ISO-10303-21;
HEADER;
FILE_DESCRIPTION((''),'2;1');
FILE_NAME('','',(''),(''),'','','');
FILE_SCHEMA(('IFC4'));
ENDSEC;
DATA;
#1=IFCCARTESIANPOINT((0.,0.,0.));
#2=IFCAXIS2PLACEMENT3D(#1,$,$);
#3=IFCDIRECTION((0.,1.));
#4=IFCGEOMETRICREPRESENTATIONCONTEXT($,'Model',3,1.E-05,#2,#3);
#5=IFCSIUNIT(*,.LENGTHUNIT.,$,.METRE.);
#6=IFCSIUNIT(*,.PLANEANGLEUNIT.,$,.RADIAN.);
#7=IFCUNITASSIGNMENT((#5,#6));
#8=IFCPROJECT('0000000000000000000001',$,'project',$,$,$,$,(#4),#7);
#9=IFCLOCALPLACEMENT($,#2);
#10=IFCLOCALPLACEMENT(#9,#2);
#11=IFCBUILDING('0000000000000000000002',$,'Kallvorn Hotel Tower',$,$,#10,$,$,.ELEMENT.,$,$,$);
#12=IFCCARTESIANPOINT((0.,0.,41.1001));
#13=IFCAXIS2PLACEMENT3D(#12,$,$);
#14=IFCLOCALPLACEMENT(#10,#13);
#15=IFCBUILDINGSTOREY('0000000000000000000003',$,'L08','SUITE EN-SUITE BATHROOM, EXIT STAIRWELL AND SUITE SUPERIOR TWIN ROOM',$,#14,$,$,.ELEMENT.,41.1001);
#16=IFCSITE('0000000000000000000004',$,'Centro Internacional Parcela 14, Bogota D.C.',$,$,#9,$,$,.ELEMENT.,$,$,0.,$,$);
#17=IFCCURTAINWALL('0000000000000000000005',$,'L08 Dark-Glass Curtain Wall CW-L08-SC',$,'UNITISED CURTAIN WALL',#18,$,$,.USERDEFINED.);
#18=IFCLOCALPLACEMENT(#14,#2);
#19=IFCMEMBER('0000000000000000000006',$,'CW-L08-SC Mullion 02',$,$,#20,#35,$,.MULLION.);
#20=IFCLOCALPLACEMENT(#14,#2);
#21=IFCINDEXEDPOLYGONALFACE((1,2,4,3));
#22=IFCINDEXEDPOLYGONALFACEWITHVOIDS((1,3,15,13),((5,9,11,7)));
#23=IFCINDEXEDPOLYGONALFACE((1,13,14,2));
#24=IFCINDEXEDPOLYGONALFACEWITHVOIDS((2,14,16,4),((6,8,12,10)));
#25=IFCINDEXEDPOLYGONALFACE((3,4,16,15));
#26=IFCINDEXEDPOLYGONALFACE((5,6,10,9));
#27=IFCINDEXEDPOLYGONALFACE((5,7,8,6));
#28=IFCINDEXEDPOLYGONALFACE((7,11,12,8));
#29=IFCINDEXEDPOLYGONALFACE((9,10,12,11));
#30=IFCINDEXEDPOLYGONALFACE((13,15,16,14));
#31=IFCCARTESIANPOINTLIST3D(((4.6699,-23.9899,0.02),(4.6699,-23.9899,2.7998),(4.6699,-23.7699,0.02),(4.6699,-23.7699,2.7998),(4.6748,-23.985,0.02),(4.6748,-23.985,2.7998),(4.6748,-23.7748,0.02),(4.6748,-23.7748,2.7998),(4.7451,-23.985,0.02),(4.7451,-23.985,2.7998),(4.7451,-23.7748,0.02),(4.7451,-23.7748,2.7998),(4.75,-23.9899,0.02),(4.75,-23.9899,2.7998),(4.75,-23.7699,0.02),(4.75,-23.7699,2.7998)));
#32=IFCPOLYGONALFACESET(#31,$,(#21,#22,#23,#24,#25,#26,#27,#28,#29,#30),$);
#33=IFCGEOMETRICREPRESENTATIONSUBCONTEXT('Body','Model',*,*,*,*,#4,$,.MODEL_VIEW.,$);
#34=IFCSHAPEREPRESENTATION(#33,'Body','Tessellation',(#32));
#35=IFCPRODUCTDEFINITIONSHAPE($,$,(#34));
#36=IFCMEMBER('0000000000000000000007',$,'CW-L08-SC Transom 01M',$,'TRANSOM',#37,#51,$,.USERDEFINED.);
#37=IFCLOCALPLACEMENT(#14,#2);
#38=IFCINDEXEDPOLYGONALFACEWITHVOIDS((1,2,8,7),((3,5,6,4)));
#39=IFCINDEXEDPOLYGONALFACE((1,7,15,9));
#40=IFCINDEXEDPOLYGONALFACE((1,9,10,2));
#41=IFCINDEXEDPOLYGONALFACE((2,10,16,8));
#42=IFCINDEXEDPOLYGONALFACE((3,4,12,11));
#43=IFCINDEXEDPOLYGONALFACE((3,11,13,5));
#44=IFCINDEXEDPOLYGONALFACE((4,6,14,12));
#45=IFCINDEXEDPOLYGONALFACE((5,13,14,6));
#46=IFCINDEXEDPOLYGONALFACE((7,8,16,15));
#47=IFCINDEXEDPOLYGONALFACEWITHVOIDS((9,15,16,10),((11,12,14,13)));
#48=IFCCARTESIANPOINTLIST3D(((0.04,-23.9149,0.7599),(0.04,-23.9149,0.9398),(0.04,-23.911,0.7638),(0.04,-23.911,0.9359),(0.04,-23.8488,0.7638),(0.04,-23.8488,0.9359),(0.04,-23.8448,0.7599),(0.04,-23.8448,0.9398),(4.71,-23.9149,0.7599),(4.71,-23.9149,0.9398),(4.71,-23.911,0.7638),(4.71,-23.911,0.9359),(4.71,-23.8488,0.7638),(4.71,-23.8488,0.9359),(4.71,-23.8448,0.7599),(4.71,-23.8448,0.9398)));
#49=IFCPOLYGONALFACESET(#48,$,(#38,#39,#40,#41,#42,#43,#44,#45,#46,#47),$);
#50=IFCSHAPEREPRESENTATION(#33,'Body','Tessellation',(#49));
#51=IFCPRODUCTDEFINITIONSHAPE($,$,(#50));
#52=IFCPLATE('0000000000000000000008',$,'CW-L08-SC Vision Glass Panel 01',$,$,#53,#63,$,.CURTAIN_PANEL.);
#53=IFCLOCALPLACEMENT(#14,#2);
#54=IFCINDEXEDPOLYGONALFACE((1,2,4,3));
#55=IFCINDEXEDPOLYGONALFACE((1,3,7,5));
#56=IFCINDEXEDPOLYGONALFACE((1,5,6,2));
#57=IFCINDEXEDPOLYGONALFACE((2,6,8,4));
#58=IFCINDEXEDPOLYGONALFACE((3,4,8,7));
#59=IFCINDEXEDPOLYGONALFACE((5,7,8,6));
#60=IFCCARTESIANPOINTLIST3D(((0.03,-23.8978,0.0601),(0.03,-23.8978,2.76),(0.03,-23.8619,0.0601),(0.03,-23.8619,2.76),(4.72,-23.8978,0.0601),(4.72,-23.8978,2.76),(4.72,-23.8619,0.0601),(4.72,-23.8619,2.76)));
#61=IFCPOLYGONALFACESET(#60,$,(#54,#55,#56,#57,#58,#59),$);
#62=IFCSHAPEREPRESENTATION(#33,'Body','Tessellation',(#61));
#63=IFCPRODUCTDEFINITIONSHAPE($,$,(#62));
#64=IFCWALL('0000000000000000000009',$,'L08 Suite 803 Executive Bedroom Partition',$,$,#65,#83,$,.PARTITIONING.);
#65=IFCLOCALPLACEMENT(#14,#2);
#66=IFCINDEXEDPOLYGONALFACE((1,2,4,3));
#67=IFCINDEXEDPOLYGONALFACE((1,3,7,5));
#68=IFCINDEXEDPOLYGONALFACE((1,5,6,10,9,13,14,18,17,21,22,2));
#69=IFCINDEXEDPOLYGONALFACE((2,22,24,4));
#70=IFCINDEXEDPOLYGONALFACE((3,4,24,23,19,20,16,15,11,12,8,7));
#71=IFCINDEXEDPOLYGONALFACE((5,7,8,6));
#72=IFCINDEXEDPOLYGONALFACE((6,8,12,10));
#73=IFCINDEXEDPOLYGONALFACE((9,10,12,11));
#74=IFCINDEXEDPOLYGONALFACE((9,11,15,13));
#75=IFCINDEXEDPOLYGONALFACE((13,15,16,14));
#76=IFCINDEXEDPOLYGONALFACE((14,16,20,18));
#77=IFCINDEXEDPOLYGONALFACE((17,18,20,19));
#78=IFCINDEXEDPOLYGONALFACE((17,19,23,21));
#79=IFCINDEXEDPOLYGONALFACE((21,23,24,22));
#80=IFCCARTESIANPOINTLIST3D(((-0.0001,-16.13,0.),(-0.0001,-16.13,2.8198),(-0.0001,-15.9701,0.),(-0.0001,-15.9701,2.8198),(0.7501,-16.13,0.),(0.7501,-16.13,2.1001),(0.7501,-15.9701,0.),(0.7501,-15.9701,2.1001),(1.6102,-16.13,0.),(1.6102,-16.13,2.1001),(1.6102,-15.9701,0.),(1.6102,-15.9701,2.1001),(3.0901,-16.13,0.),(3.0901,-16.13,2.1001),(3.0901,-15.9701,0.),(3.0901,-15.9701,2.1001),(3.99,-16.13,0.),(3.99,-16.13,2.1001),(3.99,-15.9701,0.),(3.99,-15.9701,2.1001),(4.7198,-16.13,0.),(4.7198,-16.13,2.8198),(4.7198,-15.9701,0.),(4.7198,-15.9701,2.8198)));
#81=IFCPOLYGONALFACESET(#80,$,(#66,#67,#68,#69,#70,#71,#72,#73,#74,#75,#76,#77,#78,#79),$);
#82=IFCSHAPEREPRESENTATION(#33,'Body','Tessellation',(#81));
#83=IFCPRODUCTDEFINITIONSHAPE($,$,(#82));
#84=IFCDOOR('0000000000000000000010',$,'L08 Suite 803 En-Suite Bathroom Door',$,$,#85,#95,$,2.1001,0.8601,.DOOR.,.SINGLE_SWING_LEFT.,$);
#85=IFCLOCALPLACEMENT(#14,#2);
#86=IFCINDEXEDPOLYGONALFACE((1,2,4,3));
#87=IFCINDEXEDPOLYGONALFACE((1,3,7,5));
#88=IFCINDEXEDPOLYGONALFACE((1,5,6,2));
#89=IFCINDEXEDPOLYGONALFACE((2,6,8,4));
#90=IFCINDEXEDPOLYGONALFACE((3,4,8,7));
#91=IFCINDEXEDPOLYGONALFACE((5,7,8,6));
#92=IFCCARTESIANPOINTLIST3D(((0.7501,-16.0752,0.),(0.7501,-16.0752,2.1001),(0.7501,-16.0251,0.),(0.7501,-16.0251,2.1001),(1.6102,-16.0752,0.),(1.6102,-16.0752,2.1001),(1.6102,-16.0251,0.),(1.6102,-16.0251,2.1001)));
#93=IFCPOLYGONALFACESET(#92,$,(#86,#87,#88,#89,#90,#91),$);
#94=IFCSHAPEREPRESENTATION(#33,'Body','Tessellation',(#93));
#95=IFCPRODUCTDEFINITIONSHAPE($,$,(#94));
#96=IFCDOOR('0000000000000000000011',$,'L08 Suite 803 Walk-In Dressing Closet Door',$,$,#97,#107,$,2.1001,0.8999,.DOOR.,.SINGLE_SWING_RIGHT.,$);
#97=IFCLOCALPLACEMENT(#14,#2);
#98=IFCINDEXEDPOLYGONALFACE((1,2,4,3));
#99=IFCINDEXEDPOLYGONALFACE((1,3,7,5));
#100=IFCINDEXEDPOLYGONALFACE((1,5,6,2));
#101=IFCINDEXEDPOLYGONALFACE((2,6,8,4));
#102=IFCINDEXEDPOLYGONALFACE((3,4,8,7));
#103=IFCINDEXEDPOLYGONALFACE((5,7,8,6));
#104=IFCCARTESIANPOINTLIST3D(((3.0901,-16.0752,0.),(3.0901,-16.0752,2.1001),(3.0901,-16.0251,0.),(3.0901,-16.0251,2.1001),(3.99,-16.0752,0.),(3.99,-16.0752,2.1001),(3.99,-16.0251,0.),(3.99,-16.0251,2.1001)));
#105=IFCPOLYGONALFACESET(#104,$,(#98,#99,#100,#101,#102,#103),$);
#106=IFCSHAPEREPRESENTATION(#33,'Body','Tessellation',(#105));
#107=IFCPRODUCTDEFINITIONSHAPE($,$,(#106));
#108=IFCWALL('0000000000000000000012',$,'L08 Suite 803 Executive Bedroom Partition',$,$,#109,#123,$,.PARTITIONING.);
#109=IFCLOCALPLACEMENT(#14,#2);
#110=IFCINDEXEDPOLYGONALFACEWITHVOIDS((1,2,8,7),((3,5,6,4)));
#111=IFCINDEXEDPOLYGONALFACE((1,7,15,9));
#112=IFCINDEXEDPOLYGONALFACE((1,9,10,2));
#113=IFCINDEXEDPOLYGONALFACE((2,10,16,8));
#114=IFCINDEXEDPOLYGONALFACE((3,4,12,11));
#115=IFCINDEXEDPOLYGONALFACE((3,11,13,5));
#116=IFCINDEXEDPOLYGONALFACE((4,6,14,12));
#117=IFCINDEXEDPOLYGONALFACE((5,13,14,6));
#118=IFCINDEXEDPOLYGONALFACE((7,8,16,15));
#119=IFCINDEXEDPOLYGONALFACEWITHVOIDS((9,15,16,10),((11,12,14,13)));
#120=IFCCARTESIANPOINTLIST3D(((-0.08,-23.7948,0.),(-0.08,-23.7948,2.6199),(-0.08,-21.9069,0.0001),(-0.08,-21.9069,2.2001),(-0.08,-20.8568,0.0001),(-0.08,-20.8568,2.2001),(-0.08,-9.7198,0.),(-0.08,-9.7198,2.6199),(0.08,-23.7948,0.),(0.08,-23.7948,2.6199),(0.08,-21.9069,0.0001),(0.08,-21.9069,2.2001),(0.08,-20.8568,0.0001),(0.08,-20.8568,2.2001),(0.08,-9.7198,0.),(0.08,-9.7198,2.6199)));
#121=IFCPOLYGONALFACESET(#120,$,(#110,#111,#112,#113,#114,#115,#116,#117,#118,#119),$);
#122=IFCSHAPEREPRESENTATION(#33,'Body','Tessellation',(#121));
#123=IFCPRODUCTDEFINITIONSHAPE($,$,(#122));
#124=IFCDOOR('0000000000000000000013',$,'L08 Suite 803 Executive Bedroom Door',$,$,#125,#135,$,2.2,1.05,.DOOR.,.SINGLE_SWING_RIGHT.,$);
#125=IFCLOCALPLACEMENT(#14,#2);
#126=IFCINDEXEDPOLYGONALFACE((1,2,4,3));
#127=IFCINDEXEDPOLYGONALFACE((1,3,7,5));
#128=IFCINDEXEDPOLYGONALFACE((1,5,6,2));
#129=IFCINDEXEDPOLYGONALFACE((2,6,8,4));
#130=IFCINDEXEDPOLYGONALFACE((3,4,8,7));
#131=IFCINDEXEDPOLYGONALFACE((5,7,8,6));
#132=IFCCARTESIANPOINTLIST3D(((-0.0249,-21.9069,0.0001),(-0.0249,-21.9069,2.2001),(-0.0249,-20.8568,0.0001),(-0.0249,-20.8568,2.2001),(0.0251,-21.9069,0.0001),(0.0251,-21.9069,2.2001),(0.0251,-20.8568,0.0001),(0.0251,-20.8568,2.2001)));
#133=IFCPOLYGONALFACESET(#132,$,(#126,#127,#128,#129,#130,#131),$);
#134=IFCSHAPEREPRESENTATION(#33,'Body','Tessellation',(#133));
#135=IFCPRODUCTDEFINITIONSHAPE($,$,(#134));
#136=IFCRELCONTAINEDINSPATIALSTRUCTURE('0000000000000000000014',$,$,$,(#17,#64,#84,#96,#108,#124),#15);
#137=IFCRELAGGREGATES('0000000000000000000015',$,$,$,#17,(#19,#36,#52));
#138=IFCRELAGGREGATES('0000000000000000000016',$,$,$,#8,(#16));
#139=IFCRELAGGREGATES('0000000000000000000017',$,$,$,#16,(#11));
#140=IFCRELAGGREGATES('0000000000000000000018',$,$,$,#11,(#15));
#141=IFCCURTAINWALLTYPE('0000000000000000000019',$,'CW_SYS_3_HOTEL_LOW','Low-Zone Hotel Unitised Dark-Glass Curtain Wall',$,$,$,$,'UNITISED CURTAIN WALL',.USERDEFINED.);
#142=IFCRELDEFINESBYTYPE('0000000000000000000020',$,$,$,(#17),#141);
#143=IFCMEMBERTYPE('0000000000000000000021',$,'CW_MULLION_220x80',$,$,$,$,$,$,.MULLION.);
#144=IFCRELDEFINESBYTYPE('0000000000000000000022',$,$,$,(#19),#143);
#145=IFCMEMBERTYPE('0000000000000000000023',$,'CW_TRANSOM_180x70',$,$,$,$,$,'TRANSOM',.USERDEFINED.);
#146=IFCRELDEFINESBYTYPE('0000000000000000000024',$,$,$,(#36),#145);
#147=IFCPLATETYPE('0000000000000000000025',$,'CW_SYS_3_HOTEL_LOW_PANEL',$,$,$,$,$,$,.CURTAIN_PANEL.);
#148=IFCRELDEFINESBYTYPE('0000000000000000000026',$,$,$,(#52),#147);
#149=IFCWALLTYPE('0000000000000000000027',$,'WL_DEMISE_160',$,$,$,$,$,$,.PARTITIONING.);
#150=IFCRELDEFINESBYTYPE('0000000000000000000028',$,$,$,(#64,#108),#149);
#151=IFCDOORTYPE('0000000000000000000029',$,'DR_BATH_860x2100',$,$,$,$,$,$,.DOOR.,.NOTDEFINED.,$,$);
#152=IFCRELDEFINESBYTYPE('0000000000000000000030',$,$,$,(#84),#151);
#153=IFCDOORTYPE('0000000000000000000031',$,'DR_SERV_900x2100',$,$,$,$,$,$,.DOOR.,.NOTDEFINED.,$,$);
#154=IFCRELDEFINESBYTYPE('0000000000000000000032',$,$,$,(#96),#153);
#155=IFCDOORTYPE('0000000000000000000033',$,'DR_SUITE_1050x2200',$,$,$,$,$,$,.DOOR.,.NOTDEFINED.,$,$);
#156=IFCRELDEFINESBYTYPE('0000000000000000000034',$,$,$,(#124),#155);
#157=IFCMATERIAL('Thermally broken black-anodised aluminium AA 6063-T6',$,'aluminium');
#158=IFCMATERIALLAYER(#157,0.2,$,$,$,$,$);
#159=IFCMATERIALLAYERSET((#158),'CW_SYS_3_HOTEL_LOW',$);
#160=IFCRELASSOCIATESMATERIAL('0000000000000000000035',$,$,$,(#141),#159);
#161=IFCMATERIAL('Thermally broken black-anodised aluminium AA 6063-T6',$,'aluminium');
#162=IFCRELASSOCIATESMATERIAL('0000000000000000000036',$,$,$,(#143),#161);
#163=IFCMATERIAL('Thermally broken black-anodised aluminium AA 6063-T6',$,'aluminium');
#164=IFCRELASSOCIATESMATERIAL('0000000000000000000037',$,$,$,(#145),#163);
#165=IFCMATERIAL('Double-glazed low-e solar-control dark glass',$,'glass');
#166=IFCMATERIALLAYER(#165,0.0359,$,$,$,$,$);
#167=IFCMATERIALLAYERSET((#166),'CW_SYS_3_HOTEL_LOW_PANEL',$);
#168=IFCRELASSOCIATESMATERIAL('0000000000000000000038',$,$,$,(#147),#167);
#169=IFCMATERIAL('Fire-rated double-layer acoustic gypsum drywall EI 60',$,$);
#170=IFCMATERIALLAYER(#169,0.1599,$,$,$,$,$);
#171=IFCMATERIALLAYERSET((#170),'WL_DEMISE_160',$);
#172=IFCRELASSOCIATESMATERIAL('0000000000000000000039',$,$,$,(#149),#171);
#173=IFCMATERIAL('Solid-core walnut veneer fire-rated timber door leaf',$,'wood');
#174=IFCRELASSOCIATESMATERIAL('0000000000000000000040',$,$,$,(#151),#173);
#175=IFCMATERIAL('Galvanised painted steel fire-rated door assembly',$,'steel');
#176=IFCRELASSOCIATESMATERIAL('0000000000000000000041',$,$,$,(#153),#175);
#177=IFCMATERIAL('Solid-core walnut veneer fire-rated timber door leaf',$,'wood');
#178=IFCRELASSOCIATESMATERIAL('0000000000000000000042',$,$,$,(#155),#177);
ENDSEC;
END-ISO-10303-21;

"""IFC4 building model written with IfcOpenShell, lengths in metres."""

from ifc_helpers import new_model, si_unit, direction, frame, frame_2d, origin, origin_2d, place, context, subcontext, project, spatial, rectangle, hollow_rectangle, extrude, material, layer, layer_set, material_profile, profile_set, type_object, element, fill, aggregate, save


model = new_model("IFC4")

# Units and contexts
model_context = context("Model", 3, precision=1e-05, world=origin(), true_north=direction((0.0, 1.0)))
body_context = subcontext(model_context, "Body", "Model", "MODEL_VIEW")
ifc_project = project(units=[si_unit("LENGTHUNIT", "METRE"), si_unit("PLANEANGLEUNIT", "RADIAN")], contexts=[model_context])

# Site, building, storey
site_placement = place(None, origin())
site = spatial("IfcSite", under=ifc_project, at=site_placement, Name="Centro Internacional Parcela 14, Bogota D.C.", CompositionType="ELEMENT", RefElevation=0.0)
building_placement = place(site_placement, origin())
building = spatial("IfcBuilding", under=site, at=building_placement, Name="Kallvorn Hotel Tower", CompositionType="ELEMENT")
storey_placement = place(building_placement, frame((0.0, 0.0, 41.1001)))
storey = spatial("IfcBuildingStorey", under=building, at=storey_placement, Name="L08", Description="SUITE EN-SUITE BATHROOM, EXIT STAIRWELL AND SUITE SUPERIOR TWIN ROOM", CompositionType="ELEMENT", Elevation=41.1001)

# Curtain wall, members, plate
ifc_material_1 = material(Name="Thermally broken black-anodised aluminium AA 6063-T6", Category="aluminium")
ifc_layer_1 = layer(ifc_material_1, 0.2)
ifc_layer_set_1 = layer_set([ifc_layer_1], Name="CW_SYS_3_HOTEL_LOW")
curtain_wall_type = type_object("IfcCurtainWallType", Name="CW_SYS_3_HOTEL_LOW", Description="Low-Zone Hotel Unitised Dark-Glass Curtain Wall", ElementType="UNITISED CURTAIN WALL", PredefinedType="USERDEFINED", material=ifc_layer_set_1)
curtain_wall_placement = place(storey_placement, origin())
curtain_wall = element("IfcCurtainWall", 1, at=curtain_wall_placement, inside=storey, type_object=curtain_wall_type, Name="L08 Dark-Glass Curtain Wall CW-L08-SC", ObjectType="UNITISED CURTAIN WALL", PredefinedType="USERDEFINED")
ifc_material_2 = material(Name="Thermally broken black-anodised aluminium AA 6063-T6", Category="aluminium")
ifc_material_profile_1 = material_profile(ifc_material_2, hollow_rectangle(XDim=0.0801, YDim=0.22, WallThickness=0.0049, at=origin_2d()), Name="MUL 220x80")
ifc_profile_set_1 = profile_set([ifc_material_profile_1], Name="Thermally broken black-anodised aluminium AA 6063-T6")
member_type_1 = type_object("IfcMemberType", Name="CW_MULLION_220x80", PredefinedType="MULLION", material=ifc_profile_set_1)
member_1_placement = place(storey_placement, frame((4.71, -23.8799, 0.02), z_axis=(0.0, 0.0, 1.0), x_axis=(1.0, 0.0, 0.0)))
member_1 = element("IfcMember", 2, at=member_1_placement, type_object=member_type_1, Name="CW-L08-SC Mullion 02", PredefinedType="MULLION", context=body_context, shape_type="SweptSolid", body=[
    extrude(hollow_rectangle(XDim=0.0801, YDim=0.22, WallThickness=0.0049, at=origin_2d()), origin(), (0.0, 0.0, 1.0), 2.7798),
])
ifc_material_3 = material(Name="Thermally broken black-anodised aluminium AA 6063-T6", Category="aluminium")
ifc_material_profile_2 = material_profile(ifc_material_3, hollow_rectangle(XDim=0.0701, YDim=0.1799, WallThickness=0.0039, at=origin_2d()), Name="TRN 180x70")
ifc_profile_set_2 = profile_set([ifc_material_profile_2], Name="Thermally broken black-anodised aluminium AA 6063-T6")
member_type_2 = type_object("IfcMemberType", Name="CW_TRANSOM_180x70", ElementType="TRANSOM", PredefinedType="USERDEFINED", material=ifc_profile_set_2)
member_2_placement = place(storey_placement, frame((0.04, -23.8799, 0.8499), z_axis=(1.0, 0.0, 0.0), x_axis=(0.0, 1.0, 0.0)))
member_2 = element("IfcMember", 3, at=member_2_placement, type_object=member_type_2, Name="CW-L08-SC Transom 01M", ObjectType="TRANSOM", PredefinedType="USERDEFINED", context=body_context, shape_type="SweptSolid", body=[
    extrude(hollow_rectangle(XDim=0.0701, YDim=0.1799, WallThickness=0.0039, at=origin_2d()), origin(), (0.0, 0.0, 1.0), 4.6699),
])
ifc_material_4 = material(Name="Double-glazed low-e solar-control dark glass", Category="glass")
ifc_layer_2 = layer(ifc_material_4, 0.0359)
ifc_layer_set_2 = layer_set([ifc_layer_2], Name="CW_SYS_3_HOTEL_LOW_PANEL")
plate_type = type_object("IfcPlateType", Name="CW_SYS_3_HOTEL_LOW_PANEL", PredefinedType="CURTAIN_PANEL", material=ifc_layer_set_2)
plate_placement = place(storey_placement, frame((2.375, -23.8799, 0.0601), z_axis=(0.0, 0.0, 1.0), x_axis=(1.0, 0.0, 0.0)))
plate = element("IfcPlate", 4, at=plate_placement, type_object=plate_type, Name="CW-L08-SC Vision Glass Panel 01", PredefinedType="CURTAIN_PANEL", context=body_context, shape_type="SweptSolid", body=[
    extrude(rectangle(XDim=4.6899, YDim=0.0359, at=origin_2d()), origin(), (0.0, 0.0, 1.0), 2.7),
])
aggregate(curtain_wall, [member_1, member_2, plate])

# Wall, openings, doors
ifc_material_5 = material(Name="Fire-rated double-layer acoustic gypsum drywall EI 60")
ifc_layer_3 = layer(ifc_material_5, 0.1599)
ifc_layer_set_3 = layer_set([ifc_layer_3], Name="WL_DEMISE_160")
wall_type_1 = type_object("IfcWallType", Name="WL_DEMISE_160", PredefinedType="PARTITIONING", material=ifc_layer_set_3)
wall_1_placement = place(storey_placement, frame((0.0, -16.05, 0.0), z_axis=(0.0, 0.0, 1.0), x_axis=(1.0, 0.0, 0.0)))
wall_1 = element("IfcWall", 5, at=wall_1_placement, inside=storey, type_object=wall_type_1, Name="L08 Suite 803 Executive Bedroom Partition", PredefinedType="PARTITIONING", context=body_context, shape_type="SweptSolid", body=[
    extrude(rectangle(XDim=4.72, YDim=0.1599, at=frame_2d((2.3599, 0.0))), origin(), (0.0, 0.0, 1.0), 2.8198),
])
opening_1_placement = place(wall_1_placement, frame((0.75, 0.0, 0.0)))
opening_1 = element("IfcOpeningElement", 6, at=opening_1_placement, cuts=wall_1, PredefinedType="OPENING", context=body_context, shape_type="SweptSolid", body=[
    extrude(rectangle(XDim=0.8601, YDim=2.1001, at=frame_2d((0.4302, 1.05))), frame((0.0, 0.095, 0.0), z_axis=(0.0, -1.0, 0.0), x_axis=(1.0, 0.0, 0.0)), (0.0, 0.0, 1.0), 0.1899),
])
opening_2_placement = place(wall_1_placement, frame((3.0901, 0.0, 0.0)))
opening_2 = element("IfcOpeningElement", 7, at=opening_2_placement, cuts=wall_1, PredefinedType="OPENING", context=body_context, shape_type="SweptSolid", body=[
    extrude(rectangle(XDim=0.8999, YDim=2.1001, at=frame_2d((0.45, 1.05))), frame((0.0, 0.095, 0.0), z_axis=(0.0, -1.0, 0.0), x_axis=(1.0, 0.0, 0.0)), (0.0, 0.0, 1.0), 0.1899),
])
ifc_material_6 = material(Name="Solid-core walnut veneer fire-rated timber door leaf", Category="wood")
door_type_1 = type_object("IfcDoorType", Name="DR_BATH_860x2100", OperationType="NOTDEFINED", PredefinedType="DOOR", material=ifc_material_6)
door_1_placement = place(opening_1_placement, origin())
door_1 = element("IfcDoor", 8, at=door_1_placement, inside=storey, type_object=door_type_1, Name="L08 Suite 803 En-Suite Bathroom Door", OperationType="SINGLE_SWING_LEFT", OverallHeight=2.1001, OverallWidth=0.8601, PredefinedType="DOOR", context=body_context, shape_type="SweptSolid", body=[
    extrude(rectangle(XDim=0.8601, YDim=2.1001, at=frame_2d((0.4302, 1.05))), frame((0.0, 0.0249, 0.0), z_axis=(0.0, -1.0, 0.0), x_axis=(1.0, 0.0, 0.0)), (0.0, 0.0, 1.0), 0.05),
])
fill(opening_1, door_1)
ifc_material_7 = material(Name="Galvanised painted steel fire-rated door assembly", Category="steel")
door_type_2 = type_object("IfcDoorType", Name="DR_SERV_900x2100", OperationType="NOTDEFINED", PredefinedType="DOOR", material=ifc_material_7)
door_2_placement = place(opening_2_placement, origin())
door_2 = element("IfcDoor", 9, at=door_2_placement, inside=storey, type_object=door_type_2, Name="L08 Suite 803 Walk-In Dressing Closet Door", OperationType="SINGLE_SWING_RIGHT", OverallHeight=2.1001, OverallWidth=0.8999, PredefinedType="DOOR", context=body_context, shape_type="SweptSolid", body=[
    extrude(rectangle(XDim=0.8999, YDim=2.1001, at=frame_2d((0.45, 1.05))), frame((0.0, 0.0249, 0.0), z_axis=(0.0, -1.0, 0.0), x_axis=(1.0, 0.0, 0.0)), (0.0, 0.0, 1.0), 0.05),
])
fill(opening_2, door_2)

# Wall, opening, door
wall_2_placement = place(storey_placement, frame((0.0, -23.7949, 0.0), z_axis=(0.0, 0.0, 1.0), x_axis=(0.0, 1.0, 0.0)))
wall_2 = element("IfcWall", 10, at=wall_2_placement, inside=storey, type_object=wall_type_1, Name="L08 Suite 803 Executive Bedroom Partition", PredefinedType="PARTITIONING", context=body_context, shape_type="SweptSolid", body=[
    extrude(rectangle(XDim=14.075, YDim=0.1599, at=frame_2d((7.0376, 0.0))), origin(), (0.0, 0.0, 1.0), 2.6199),
])
opening_3_placement = place(wall_2_placement, frame((1.8882, 0.0, 0.0)))
opening_3 = element("IfcOpeningElement", 11, at=opening_3_placement, cuts=wall_2, PredefinedType="OPENING", context=body_context, shape_type="SweptSolid", body=[
    extrude(rectangle(XDim=1.05, YDim=2.2, at=frame_2d((0.5249, 1.1001))), frame((0.0, 0.095, 0.0), z_axis=(0.0, -1.0, 0.0), x_axis=(1.0, 0.0, 0.0)), (0.0, 0.0, 1.0), 0.1899),
])
ifc_material_8 = material(Name="Solid-core walnut veneer fire-rated timber door leaf", Category="wood")
door_type_3 = type_object("IfcDoorType", Name="DR_SUITE_1050x2200", OperationType="NOTDEFINED", PredefinedType="DOOR", material=ifc_material_8)
door_3_placement = place(opening_3_placement, origin())
door_3 = element("IfcDoor", 12, at=door_3_placement, inside=storey, type_object=door_type_3, Name="L08 Suite 803 Executive Bedroom Door", OperationType="SINGLE_SWING_RIGHT", OverallHeight=2.2, OverallWidth=1.05, PredefinedType="DOOR", context=body_context, shape_type="SweptSolid", body=[
    extrude(rectangle(XDim=1.05, YDim=2.2, at=frame_2d((0.5249, 1.1001))), frame((0.0, 0.0249, 0.0), z_axis=(0.0, -1.0, 0.0), x_axis=(1.0, 0.0, 0.0)), (0.0, 0.0, 1.0), 0.05),
])
fill(opening_3, door_3)

save(model, "model.ifc")
